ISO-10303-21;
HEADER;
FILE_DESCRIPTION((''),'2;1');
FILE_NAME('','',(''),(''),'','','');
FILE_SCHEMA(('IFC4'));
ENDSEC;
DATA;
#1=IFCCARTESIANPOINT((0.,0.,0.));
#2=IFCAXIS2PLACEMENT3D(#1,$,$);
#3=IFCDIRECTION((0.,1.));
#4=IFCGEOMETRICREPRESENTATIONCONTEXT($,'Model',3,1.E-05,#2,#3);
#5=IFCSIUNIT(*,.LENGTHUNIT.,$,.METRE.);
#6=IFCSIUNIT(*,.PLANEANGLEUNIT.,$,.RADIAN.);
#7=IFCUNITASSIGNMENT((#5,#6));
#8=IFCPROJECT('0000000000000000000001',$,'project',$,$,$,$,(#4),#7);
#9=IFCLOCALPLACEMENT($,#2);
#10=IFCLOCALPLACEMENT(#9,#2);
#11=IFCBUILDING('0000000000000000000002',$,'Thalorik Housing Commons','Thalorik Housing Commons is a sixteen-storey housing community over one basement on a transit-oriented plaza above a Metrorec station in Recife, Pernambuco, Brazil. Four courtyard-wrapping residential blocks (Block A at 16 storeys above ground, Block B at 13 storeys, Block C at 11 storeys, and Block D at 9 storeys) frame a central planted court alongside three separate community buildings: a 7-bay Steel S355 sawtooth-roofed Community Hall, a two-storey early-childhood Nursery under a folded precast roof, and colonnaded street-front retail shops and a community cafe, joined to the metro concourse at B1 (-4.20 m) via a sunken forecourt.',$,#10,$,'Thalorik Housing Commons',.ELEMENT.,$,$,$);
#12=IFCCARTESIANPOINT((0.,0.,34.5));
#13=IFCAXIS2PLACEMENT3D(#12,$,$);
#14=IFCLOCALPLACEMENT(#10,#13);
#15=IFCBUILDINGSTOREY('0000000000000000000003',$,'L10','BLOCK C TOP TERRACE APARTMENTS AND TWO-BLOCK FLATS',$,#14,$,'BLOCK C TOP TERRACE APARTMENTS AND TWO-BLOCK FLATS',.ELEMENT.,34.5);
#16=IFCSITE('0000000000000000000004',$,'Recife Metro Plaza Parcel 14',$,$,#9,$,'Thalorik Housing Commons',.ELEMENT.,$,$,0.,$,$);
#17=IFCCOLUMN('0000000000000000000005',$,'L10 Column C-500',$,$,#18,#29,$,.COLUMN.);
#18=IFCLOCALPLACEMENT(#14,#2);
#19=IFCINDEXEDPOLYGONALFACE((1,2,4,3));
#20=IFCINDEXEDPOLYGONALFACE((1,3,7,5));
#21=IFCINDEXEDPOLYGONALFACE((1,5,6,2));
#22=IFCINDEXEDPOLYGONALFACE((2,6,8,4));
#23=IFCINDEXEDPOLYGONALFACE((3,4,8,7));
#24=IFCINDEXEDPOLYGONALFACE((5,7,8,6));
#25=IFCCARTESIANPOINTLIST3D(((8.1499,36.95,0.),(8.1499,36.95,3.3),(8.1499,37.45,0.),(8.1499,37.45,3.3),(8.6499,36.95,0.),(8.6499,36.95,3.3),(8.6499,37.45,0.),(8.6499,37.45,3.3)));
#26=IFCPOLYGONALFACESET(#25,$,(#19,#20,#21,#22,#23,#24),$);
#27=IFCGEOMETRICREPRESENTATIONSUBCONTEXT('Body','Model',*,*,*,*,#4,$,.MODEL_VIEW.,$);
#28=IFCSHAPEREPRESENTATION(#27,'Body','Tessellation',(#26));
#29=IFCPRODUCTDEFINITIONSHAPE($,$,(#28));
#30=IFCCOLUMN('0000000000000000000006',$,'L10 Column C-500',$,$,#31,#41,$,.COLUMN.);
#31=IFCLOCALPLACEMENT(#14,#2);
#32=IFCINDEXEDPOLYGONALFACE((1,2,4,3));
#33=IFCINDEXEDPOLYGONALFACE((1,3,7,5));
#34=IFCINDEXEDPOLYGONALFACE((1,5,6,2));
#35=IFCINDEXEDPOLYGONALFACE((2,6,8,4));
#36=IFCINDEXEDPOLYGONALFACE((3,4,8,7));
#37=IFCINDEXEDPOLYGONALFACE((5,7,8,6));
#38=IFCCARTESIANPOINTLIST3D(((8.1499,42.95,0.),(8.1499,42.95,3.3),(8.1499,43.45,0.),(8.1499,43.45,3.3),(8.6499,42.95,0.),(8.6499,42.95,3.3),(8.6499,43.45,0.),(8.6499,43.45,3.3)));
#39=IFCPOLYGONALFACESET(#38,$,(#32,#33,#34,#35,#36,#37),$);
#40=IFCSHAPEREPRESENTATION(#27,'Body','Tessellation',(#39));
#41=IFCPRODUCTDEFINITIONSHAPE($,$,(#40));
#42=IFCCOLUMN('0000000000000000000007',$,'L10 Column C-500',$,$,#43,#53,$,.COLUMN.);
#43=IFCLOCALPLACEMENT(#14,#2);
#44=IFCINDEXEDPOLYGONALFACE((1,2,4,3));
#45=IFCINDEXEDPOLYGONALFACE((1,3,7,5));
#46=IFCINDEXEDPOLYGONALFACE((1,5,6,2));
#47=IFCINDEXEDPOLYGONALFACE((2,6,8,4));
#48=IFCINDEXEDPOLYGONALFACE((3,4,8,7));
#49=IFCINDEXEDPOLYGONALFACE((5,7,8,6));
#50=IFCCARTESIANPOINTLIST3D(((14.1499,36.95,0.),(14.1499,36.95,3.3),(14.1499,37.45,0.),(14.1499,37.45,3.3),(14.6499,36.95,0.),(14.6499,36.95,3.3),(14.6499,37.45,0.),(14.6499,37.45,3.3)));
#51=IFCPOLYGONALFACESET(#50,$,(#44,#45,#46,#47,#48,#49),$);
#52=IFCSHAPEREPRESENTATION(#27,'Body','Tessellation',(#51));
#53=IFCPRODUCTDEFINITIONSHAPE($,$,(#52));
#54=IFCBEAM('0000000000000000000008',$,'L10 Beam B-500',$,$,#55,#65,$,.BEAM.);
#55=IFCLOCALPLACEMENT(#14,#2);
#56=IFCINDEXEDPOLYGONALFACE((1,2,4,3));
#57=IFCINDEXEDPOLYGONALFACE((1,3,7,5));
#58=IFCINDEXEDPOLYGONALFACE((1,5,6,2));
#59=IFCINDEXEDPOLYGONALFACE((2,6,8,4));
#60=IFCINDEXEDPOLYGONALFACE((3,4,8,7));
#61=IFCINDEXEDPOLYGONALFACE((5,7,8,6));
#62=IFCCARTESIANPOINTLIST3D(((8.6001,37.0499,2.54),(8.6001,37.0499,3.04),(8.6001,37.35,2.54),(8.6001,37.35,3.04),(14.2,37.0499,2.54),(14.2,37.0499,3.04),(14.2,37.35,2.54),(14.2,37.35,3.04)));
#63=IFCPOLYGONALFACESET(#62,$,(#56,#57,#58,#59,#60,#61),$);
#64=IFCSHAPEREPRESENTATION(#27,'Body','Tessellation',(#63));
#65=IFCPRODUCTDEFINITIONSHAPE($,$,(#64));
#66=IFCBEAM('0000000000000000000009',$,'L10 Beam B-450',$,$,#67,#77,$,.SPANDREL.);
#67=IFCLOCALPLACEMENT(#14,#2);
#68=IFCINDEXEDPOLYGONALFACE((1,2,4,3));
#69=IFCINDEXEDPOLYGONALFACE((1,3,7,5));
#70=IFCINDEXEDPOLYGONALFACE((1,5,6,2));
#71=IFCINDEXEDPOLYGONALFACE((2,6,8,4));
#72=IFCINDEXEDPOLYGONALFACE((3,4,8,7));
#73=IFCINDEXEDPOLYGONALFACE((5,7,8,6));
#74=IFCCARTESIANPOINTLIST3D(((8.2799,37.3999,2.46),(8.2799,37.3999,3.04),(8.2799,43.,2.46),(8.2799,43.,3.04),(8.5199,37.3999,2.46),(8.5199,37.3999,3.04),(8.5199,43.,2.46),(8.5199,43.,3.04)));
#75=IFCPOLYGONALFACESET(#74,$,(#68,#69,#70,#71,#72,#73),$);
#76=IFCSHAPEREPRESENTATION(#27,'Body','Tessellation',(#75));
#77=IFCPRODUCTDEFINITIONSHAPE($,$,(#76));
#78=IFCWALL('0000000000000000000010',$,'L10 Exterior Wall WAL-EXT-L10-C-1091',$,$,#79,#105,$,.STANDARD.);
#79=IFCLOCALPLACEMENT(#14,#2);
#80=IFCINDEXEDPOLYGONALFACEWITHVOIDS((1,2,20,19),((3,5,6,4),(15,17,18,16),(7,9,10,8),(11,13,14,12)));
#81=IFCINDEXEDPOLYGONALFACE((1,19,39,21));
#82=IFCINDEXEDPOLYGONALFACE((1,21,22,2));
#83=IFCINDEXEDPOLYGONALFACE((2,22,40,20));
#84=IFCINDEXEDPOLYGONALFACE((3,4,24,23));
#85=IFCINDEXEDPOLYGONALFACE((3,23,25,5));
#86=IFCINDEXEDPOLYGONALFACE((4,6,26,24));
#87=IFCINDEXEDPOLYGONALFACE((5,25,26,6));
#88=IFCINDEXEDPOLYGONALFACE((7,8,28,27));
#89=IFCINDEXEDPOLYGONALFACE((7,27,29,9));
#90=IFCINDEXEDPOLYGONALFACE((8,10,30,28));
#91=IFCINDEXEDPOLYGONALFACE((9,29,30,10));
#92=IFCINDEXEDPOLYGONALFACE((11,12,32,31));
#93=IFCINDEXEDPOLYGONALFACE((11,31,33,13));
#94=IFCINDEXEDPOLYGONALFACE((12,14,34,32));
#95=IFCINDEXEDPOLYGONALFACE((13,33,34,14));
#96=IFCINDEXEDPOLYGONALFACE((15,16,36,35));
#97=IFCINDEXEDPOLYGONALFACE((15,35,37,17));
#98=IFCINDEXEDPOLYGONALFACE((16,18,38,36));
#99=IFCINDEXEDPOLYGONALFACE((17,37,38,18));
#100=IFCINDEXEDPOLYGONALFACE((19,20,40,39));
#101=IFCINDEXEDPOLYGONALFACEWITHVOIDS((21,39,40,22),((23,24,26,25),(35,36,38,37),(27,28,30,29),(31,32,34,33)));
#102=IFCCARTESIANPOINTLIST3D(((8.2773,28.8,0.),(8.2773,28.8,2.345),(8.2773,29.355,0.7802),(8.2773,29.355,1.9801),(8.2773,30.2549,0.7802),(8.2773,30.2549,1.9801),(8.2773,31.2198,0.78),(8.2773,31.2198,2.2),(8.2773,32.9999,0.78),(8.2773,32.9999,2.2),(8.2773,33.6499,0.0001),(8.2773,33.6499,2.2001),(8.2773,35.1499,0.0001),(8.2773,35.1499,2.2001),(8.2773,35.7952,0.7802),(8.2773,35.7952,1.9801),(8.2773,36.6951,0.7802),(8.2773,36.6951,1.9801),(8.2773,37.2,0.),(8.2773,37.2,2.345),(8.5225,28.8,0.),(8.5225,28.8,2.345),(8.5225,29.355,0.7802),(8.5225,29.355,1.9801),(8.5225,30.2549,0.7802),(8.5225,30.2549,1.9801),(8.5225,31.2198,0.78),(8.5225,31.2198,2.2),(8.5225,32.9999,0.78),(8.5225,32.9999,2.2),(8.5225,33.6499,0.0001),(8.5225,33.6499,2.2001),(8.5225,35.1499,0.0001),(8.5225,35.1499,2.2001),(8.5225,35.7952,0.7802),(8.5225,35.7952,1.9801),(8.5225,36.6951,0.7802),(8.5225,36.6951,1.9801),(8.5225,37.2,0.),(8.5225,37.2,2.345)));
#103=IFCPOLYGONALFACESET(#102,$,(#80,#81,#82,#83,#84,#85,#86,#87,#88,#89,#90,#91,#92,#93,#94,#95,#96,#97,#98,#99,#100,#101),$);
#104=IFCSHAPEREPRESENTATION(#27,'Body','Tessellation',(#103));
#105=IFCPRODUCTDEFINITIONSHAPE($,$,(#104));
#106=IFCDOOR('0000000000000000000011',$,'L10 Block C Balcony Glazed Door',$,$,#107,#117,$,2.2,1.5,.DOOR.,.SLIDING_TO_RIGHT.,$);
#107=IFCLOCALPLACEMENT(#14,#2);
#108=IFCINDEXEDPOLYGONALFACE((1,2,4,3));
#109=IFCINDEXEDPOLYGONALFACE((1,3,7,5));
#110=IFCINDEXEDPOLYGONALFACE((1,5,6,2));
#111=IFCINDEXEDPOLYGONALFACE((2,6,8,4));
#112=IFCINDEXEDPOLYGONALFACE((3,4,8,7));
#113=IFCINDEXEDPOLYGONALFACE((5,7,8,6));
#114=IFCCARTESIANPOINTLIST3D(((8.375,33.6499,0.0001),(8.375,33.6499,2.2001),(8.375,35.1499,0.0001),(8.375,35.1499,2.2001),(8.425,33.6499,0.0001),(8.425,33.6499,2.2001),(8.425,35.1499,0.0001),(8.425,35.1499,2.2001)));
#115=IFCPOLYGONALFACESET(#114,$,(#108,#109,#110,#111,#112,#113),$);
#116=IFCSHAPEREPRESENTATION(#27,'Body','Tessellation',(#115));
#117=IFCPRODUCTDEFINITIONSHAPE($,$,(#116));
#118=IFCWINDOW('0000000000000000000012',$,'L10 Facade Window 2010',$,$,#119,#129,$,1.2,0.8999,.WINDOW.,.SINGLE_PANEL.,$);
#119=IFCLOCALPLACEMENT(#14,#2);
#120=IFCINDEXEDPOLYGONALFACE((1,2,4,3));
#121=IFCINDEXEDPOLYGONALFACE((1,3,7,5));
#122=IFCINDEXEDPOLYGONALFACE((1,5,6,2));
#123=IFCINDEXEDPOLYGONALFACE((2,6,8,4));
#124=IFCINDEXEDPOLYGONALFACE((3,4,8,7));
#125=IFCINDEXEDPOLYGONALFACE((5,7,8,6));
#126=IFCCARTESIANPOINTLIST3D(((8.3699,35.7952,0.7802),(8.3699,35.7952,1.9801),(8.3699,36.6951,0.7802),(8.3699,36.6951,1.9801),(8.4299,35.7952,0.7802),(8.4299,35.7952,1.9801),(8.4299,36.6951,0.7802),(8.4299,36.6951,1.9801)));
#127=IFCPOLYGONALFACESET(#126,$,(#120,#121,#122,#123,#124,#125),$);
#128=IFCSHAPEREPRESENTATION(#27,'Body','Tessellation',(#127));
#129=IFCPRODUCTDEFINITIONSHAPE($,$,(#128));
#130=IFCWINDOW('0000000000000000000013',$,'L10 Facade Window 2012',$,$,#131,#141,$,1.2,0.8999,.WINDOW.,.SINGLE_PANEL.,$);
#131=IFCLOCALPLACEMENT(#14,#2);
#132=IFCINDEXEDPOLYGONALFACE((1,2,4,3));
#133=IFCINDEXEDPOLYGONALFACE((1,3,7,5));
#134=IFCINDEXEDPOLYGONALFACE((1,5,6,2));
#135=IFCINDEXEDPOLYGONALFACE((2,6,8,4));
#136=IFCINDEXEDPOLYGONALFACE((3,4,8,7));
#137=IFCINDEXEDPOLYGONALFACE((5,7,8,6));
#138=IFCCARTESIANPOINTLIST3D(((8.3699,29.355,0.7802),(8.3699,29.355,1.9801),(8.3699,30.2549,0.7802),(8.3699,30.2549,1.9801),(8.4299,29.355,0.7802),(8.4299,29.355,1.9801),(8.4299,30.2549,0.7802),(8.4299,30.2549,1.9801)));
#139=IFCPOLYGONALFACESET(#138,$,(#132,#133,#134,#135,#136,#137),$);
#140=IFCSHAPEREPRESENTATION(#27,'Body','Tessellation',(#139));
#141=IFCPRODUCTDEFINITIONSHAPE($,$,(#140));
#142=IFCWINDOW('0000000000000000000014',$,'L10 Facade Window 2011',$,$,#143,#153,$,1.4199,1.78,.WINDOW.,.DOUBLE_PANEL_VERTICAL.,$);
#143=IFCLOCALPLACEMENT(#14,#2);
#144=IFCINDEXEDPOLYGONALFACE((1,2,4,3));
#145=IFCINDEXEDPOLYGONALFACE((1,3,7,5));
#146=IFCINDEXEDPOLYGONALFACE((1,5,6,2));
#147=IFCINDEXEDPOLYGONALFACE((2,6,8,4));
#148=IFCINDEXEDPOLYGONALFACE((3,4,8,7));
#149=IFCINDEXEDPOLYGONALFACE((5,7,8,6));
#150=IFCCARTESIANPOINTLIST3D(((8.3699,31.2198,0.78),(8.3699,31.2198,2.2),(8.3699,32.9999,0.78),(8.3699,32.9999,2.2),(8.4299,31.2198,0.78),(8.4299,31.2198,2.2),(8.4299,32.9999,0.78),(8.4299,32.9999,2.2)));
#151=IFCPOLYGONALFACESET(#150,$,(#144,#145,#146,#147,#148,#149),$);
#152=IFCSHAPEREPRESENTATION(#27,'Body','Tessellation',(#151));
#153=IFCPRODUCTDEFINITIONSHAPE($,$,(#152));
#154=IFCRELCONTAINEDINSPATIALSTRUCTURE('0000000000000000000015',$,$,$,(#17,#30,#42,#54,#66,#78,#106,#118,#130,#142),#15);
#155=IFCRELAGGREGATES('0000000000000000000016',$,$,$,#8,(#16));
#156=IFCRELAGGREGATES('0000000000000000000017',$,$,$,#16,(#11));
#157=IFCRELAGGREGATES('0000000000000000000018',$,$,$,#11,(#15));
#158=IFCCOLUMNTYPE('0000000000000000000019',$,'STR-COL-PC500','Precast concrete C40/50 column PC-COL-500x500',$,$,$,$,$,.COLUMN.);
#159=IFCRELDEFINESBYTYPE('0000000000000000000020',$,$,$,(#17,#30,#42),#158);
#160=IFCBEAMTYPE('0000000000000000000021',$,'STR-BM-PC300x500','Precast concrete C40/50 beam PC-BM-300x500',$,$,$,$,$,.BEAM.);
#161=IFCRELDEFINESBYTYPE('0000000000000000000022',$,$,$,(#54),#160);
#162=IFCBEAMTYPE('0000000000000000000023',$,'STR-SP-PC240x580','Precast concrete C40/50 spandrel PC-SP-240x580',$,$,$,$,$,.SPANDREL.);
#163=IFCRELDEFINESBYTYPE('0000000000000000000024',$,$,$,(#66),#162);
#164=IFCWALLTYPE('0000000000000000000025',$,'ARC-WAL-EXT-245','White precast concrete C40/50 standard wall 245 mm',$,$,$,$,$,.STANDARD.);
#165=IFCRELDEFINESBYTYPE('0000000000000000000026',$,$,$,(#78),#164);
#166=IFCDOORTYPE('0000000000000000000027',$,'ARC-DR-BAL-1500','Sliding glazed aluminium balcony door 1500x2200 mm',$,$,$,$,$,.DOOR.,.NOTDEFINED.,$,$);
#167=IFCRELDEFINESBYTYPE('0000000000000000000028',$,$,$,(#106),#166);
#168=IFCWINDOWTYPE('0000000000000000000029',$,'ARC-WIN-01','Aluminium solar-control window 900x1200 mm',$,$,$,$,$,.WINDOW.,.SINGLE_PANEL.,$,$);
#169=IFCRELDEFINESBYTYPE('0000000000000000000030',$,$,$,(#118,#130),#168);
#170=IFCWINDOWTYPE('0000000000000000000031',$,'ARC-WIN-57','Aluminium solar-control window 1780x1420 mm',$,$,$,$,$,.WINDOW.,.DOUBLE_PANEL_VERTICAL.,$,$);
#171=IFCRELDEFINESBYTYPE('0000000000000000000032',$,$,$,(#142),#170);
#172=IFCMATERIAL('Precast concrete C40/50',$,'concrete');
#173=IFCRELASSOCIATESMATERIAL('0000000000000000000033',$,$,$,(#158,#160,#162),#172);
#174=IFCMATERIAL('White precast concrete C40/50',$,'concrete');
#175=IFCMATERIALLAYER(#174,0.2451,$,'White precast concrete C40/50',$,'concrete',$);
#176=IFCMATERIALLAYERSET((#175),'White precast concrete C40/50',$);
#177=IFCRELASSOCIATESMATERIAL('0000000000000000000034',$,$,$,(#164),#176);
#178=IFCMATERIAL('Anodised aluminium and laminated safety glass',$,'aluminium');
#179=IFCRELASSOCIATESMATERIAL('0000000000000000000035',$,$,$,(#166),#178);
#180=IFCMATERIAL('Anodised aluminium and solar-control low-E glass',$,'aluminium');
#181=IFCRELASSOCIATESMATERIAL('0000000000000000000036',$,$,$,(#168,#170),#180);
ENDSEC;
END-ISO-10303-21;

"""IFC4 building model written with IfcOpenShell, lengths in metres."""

from ifc_helpers import new_model, si_unit, direction, frame, frame_2d, origin, origin_2d, place, context, subcontext, project, spatial, rectangle, extrude, material, layer, layer_set, material_profile, profile_set, type_object, element, fill, save


model = new_model("IFC4")

# Units and contexts
model_context = context("Model", 3, precision=1e-05, world=origin(), true_north=direction((0.0, 1.0)))
body_context = subcontext(model_context, "Body", "Model", "MODEL_VIEW")
ifc_project = project(units=[si_unit("LENGTHUNIT", "METRE"), si_unit("PLANEANGLEUNIT", "RADIAN")], contexts=[model_context])

# Site, building, storey
site_placement = place(None, origin())
site = spatial("IfcSite", under=ifc_project, at=site_placement, Name="Recife Metro Plaza Parcel 14", LongName="Thalorik Housing Commons", CompositionType="ELEMENT", RefElevation=0.0)
building_placement = place(site_placement, origin())
building = spatial("IfcBuilding", under=site, at=building_placement, Name="Thalorik Housing Commons", Description="Thalorik Housing Commons is a sixteen-storey housing community over one basement on a transit-oriented plaza above a Metrorec station in Recife, Pernambuco, Brazil. Four courtyard-wrapping residential blocks (Block A at 16 storeys above ground, Block B at 13 storeys, Block C at 11 storeys, and Block D at 9 storeys) frame a central planted court alongside three separate community buildings: a 7-bay Steel S355 sawtooth-roofed Community Hall, a two-storey early-childhood Nursery under a folded precast roof, and colonnaded street-front retail shops and a community cafe, joined to the metro concourse at B1 (-4.20 m) via a sunken forecourt.", LongName="Thalorik Housing Commons", CompositionType="ELEMENT")
storey_placement = place(building_placement, frame((0.0, 0.0, 34.5)))
storey = spatial("IfcBuildingStorey", under=building, at=storey_placement, Name="L10", Description="BLOCK C TOP TERRACE APARTMENTS AND TWO-BLOCK FLATS", LongName="BLOCK C TOP TERRACE APARTMENTS AND TWO-BLOCK FLATS", CompositionType="ELEMENT", Elevation=34.5)

# Columns
ifc_material_1 = material(Name="Precast concrete C40/50", Category="concrete")
ifc_material_profile_1 = material_profile(ifc_material_1, rectangle(XDim=0.5, YDim=0.5, at=origin_2d()), Name="PC 500x500", Category="concrete")
ifc_profile_set_1 = profile_set([ifc_material_profile_1], Name="Precast concrete C40/50")
column_type = type_object("IfcColumnType", Name="STR-COL-PC500", Description="Precast concrete C40/50 column PC-COL-500x500", PredefinedType="COLUMN", material=ifc_profile_set_1)
for number, where, z_axis, x_axis, name in (
    (1, (8.3999, 37.2, 0.0), (0.0, 0.0, 1.0), (1.0, 0.0, 0.0), "L10 Column C-500"),
    (2, (8.3999, 43.2, 0.0), (0.0, 0.0, 1.0), (1.0, 0.0, 0.0), "L10 Column C-500"),
    (3, (14.3999, 37.2, 0.0), (0.0, 0.0, 1.0), (1.0, 0.0, 0.0), "L10 Column C-500"),
):
    element("IfcColumn", number, at=place(storey_placement, frame(where, z_axis=z_axis, x_axis=x_axis)), inside=storey, type_object=column_type, Name=name, PredefinedType="COLUMN", context=body_context, shape_type="SweptSolid", body=[
        extrude(rectangle(XDim=0.5, YDim=0.5, at=origin_2d()), origin(), (0.0, 0.0, 1.0), 3.3),
    ])

# Beams
ifc_material_profile_2 = material_profile(ifc_material_1, rectangle(XDim=0.3, YDim=0.5, at=origin_2d()), Name="PC 300x500", Category="concrete")
ifc_profile_set_2 = profile_set([ifc_material_profile_2], Name="Precast concrete C40/50")
beam_type_1 = type_object("IfcBeamType", Name="STR-BM-PC300x500", Description="Precast concrete C40/50 beam PC-BM-300x500", PredefinedType="BEAM", material=ifc_profile_set_2)
beam_1_placement = place(storey_placement, frame((8.6001, 37.2, 2.79), z_axis=(1.0, 0.0, 0.0), x_axis=(0.0, 1.0, 0.0)))
element("IfcBeam", 4, at=beam_1_placement, inside=storey, type_object=beam_type_1, Name="L10 Beam B-500", PredefinedType="BEAM", context=body_context, shape_type="SweptSolid", body=[
    extrude(rectangle(XDim=0.3, YDim=0.5, at=origin_2d()), origin(), (0.0, 0.0, 1.0), 5.5999),
])
ifc_material_profile_3 = material_profile(ifc_material_1, rectangle(XDim=0.24, YDim=0.5801, at=origin_2d()), Name="PC SP 240x580", Category="concrete")
ifc_profile_set_3 = profile_set([ifc_material_profile_3], Name="Precast concrete C40/50")
beam_type_2 = type_object("IfcBeamType", Name="STR-SP-PC240x580", Description="Precast concrete C40/50 spandrel PC-SP-240x580", PredefinedType="SPANDREL", material=ifc_profile_set_3)
beam_2_placement = place(storey_placement, frame((8.3999, 37.3999, 2.75), z_axis=(0.0, 1.0, 0.0), x_axis=(-1.0, 0.0, 0.0)))
element("IfcBeam", 5, at=beam_2_placement, inside=storey, type_object=beam_type_2, Name="L10 Beam B-450", PredefinedType="SPANDREL", context=body_context, shape_type="SweptSolid", body=[
    extrude(rectangle(XDim=0.24, YDim=0.5801, at=origin_2d()), origin(), (0.0, 0.0, 1.0), 5.6001),
])

# Wall, openings, door, windows
ifc_material_2 = material(Name="White precast concrete C40/50", Category="concrete")
ifc_layer_1 = layer(ifc_material_2, 0.2451, Name="White precast concrete C40/50", Category="concrete")
ifc_layer_set_1 = layer_set([ifc_layer_1], Name="White precast concrete C40/50")
wall_type_1 = type_object("IfcWallType", Name="ARC-WAL-EXT-245", Description="White precast concrete C40/50 standard wall 245 mm", PredefinedType="STANDARD", material=ifc_layer_set_1)
wall_1_placement = place(storey_placement, frame((8.3999, 37.2, 0.0), z_axis=(0.0, 0.0, 1.0), x_axis=(0.0, -1.0, 0.0)))
wall_1 = element("IfcWall", 6, at=wall_1_placement, inside=storey, type_object=wall_type_1, Name="L10 Exterior Wall WAL-EXT-L10-C-1091", PredefinedType="STANDARD", context=body_context, shape_type="SweptSolid", body=[
    extrude(rectangle(XDim=8.3999, YDim=0.2451, at=frame_2d((4.2, 0.0))), origin(), (0.0, 0.0, 1.0), 2.345),
])
opening_1_placement = place(wall_1_placement, frame((2.05, 0.0, 0.0)))
opening_1 = element("IfcOpeningElement", 7, at=opening_1_placement, cuts=wall_1, PredefinedType="OPENING", context=body_context, shape_type="SweptSolid", body=[
    extrude(rectangle(XDim=1.5, YDim=2.2, at=frame_2d((0.75, 1.1001))), frame((0.0, 0.1326, 0.0), z_axis=(0.0, -1.0, 0.0), x_axis=(1.0, 0.0, 0.0)), (0.0, 0.0, 1.0), 0.2651),
])
opening_2_placement = place(wall_1_placement, frame((0.5049, 0.0, 0.78)))
opening_2 = element("IfcOpeningElement", 8, at=opening_2_placement, cuts=wall_1, PredefinedType="OPENING", context=body_context, shape_type="SweptSolid", body=[
    extrude(rectangle(XDim=0.8999, YDim=1.2, at=frame_2d((0.45, 0.6001))), frame((0.0, 0.1326, 0.0), z_axis=(0.0, -1.0, 0.0), x_axis=(1.0, 0.0, 0.0)), (0.0, 0.0, 1.0), 0.2651),
])
opening_3_placement = place(wall_1_placement, frame((4.2, 0.0, 0.78)))
opening_3 = element("IfcOpeningElement", 9, at=opening_3_placement, cuts=wall_1, PredefinedType="OPENING", context=body_context, shape_type="SweptSolid", body=[
    extrude(rectangle(XDim=1.78, YDim=1.4199, at=frame_2d((0.8901, 0.71))), frame((0.0, 0.1326, 0.0), z_axis=(0.0, -1.0, 0.0), x_axis=(1.0, 0.0, 0.0)), (0.0, 0.0, 1.0), 0.2651),
])
opening_4_placement = place(wall_1_placement, frame((6.9451, 0.0, 0.78)))
opening_4 = element("IfcOpeningElement", 10, at=opening_4_placement, cuts=wall_1, PredefinedType="OPENING", context=body_context, shape_type="SweptSolid", body=[
    extrude(rectangle(XDim=0.8999, YDim=1.2, at=frame_2d((0.45, 0.6001))), frame((0.0, 0.1326, 0.0), z_axis=(0.0, -1.0, 0.0), x_axis=(1.0, 0.0, 0.0)), (0.0, 0.0, 1.0), 0.2651),
])
ifc_material_3 = material(Name="Anodised aluminium and laminated safety glass", Category="aluminium")
door_type_1 = type_object("IfcDoorType", Name="ARC-DR-BAL-1500", Description="Sliding glazed aluminium balcony door 1500x2200 mm", OperationType="NOTDEFINED", PredefinedType="DOOR", material=ifc_material_3)
door_1_placement = place(opening_1_placement, frame((1.5, 0.0, 0.0), z_axis=(0.0, 0.0, 1.0), x_axis=(-1.0, 0.0, 0.0)))
door_1 = element("IfcDoor", 11, at=door_1_placement, inside=storey, type_object=door_type_1, Name="L10 Block C Balcony Glazed Door", OperationType="SLIDING_TO_RIGHT", OverallHeight=2.2, OverallWidth=1.5, PredefinedType="DOOR", context=body_context, shape_type="SweptSolid", body=[
    extrude(rectangle(XDim=1.5, YDim=2.2, at=frame_2d((0.75, 1.1001))), frame((0.0, 0.0249, 0.0), z_axis=(0.0, -1.0, 0.0), x_axis=(1.0, 0.0, 0.0)), (0.0, 0.0, 1.0), 0.05),
])
fill(opening_1, door_1)
ifc_material_4 = material(Name="Anodised aluminium and solar-control low-E glass", Category="aluminium")
window_type_1 = type_object("IfcWindowType", Name="ARC-WIN-01", Description="Aluminium solar-control window 900x1200 mm", PartitioningType="SINGLE_PANEL", PredefinedType="WINDOW", material=ifc_material_4)
window_1_placement = place(opening_2_placement, origin())
window_1 = element("IfcWindow", 12, at=window_1_placement, inside=storey, type_object=window_type_1, Name="L10 Facade Window 2010", OverallHeight=1.2, OverallWidth=0.8999, PartitioningType="SINGLE_PANEL", PredefinedType="WINDOW", context=body_context, shape_type="SweptSolid", body=[
    extrude(rectangle(XDim=0.8999, YDim=1.2, at=frame_2d((0.45, 0.6001))), frame((0.0, 0.03, 0.0), z_axis=(0.0, -1.0, 0.0), x_axis=(1.0, 0.0, 0.0)), (0.0, 0.0, 1.0), 0.0601),
])
fill(opening_2, window_1)
window_2_placement = place(opening_4_placement, origin())
window_2 = element("IfcWindow", 13, at=window_2_placement, inside=storey, type_object=window_type_1, Name="L10 Facade Window 2012", OverallHeight=1.2, OverallWidth=0.8999, PartitioningType="SINGLE_PANEL", PredefinedType="WINDOW", context=body_context, shape_type="SweptSolid", body=[
    extrude(rectangle(XDim=0.8999, YDim=1.2, at=frame_2d((0.45, 0.6001))), frame((0.0, 0.03, 0.0), z_axis=(0.0, -1.0, 0.0), x_axis=(1.0, 0.0, 0.0)), (0.0, 0.0, 1.0), 0.0601),
])
fill(opening_4, window_2)
window_type_2 = type_object("IfcWindowType", Name="ARC-WIN-57", Description="Aluminium solar-control window 1780x1420 mm", PartitioningType="DOUBLE_PANEL_VERTICAL", PredefinedType="WINDOW", material=ifc_material_4)
window_3_placement = place(opening_3_placement, origin())
window_3 = element("IfcWindow", 14, at=window_3_placement, inside=storey, type_object=window_type_2, Name="L10 Facade Window 2011", OverallHeight=1.4199, OverallWidth=1.78, PartitioningType="DOUBLE_PANEL_VERTICAL", PredefinedType="WINDOW", context=body_context, shape_type="SweptSolid", body=[
    extrude(rectangle(XDim=1.78, YDim=1.4199, at=frame_2d((0.8901, 0.71))), frame((0.0, 0.03, 0.0), z_axis=(0.0, -1.0, 0.0), x_axis=(1.0, 0.0, 0.0)), (0.0, 0.0, 1.0), 0.0601),
])
fill(opening_3, window_3)

save(model, "model.ifc")
